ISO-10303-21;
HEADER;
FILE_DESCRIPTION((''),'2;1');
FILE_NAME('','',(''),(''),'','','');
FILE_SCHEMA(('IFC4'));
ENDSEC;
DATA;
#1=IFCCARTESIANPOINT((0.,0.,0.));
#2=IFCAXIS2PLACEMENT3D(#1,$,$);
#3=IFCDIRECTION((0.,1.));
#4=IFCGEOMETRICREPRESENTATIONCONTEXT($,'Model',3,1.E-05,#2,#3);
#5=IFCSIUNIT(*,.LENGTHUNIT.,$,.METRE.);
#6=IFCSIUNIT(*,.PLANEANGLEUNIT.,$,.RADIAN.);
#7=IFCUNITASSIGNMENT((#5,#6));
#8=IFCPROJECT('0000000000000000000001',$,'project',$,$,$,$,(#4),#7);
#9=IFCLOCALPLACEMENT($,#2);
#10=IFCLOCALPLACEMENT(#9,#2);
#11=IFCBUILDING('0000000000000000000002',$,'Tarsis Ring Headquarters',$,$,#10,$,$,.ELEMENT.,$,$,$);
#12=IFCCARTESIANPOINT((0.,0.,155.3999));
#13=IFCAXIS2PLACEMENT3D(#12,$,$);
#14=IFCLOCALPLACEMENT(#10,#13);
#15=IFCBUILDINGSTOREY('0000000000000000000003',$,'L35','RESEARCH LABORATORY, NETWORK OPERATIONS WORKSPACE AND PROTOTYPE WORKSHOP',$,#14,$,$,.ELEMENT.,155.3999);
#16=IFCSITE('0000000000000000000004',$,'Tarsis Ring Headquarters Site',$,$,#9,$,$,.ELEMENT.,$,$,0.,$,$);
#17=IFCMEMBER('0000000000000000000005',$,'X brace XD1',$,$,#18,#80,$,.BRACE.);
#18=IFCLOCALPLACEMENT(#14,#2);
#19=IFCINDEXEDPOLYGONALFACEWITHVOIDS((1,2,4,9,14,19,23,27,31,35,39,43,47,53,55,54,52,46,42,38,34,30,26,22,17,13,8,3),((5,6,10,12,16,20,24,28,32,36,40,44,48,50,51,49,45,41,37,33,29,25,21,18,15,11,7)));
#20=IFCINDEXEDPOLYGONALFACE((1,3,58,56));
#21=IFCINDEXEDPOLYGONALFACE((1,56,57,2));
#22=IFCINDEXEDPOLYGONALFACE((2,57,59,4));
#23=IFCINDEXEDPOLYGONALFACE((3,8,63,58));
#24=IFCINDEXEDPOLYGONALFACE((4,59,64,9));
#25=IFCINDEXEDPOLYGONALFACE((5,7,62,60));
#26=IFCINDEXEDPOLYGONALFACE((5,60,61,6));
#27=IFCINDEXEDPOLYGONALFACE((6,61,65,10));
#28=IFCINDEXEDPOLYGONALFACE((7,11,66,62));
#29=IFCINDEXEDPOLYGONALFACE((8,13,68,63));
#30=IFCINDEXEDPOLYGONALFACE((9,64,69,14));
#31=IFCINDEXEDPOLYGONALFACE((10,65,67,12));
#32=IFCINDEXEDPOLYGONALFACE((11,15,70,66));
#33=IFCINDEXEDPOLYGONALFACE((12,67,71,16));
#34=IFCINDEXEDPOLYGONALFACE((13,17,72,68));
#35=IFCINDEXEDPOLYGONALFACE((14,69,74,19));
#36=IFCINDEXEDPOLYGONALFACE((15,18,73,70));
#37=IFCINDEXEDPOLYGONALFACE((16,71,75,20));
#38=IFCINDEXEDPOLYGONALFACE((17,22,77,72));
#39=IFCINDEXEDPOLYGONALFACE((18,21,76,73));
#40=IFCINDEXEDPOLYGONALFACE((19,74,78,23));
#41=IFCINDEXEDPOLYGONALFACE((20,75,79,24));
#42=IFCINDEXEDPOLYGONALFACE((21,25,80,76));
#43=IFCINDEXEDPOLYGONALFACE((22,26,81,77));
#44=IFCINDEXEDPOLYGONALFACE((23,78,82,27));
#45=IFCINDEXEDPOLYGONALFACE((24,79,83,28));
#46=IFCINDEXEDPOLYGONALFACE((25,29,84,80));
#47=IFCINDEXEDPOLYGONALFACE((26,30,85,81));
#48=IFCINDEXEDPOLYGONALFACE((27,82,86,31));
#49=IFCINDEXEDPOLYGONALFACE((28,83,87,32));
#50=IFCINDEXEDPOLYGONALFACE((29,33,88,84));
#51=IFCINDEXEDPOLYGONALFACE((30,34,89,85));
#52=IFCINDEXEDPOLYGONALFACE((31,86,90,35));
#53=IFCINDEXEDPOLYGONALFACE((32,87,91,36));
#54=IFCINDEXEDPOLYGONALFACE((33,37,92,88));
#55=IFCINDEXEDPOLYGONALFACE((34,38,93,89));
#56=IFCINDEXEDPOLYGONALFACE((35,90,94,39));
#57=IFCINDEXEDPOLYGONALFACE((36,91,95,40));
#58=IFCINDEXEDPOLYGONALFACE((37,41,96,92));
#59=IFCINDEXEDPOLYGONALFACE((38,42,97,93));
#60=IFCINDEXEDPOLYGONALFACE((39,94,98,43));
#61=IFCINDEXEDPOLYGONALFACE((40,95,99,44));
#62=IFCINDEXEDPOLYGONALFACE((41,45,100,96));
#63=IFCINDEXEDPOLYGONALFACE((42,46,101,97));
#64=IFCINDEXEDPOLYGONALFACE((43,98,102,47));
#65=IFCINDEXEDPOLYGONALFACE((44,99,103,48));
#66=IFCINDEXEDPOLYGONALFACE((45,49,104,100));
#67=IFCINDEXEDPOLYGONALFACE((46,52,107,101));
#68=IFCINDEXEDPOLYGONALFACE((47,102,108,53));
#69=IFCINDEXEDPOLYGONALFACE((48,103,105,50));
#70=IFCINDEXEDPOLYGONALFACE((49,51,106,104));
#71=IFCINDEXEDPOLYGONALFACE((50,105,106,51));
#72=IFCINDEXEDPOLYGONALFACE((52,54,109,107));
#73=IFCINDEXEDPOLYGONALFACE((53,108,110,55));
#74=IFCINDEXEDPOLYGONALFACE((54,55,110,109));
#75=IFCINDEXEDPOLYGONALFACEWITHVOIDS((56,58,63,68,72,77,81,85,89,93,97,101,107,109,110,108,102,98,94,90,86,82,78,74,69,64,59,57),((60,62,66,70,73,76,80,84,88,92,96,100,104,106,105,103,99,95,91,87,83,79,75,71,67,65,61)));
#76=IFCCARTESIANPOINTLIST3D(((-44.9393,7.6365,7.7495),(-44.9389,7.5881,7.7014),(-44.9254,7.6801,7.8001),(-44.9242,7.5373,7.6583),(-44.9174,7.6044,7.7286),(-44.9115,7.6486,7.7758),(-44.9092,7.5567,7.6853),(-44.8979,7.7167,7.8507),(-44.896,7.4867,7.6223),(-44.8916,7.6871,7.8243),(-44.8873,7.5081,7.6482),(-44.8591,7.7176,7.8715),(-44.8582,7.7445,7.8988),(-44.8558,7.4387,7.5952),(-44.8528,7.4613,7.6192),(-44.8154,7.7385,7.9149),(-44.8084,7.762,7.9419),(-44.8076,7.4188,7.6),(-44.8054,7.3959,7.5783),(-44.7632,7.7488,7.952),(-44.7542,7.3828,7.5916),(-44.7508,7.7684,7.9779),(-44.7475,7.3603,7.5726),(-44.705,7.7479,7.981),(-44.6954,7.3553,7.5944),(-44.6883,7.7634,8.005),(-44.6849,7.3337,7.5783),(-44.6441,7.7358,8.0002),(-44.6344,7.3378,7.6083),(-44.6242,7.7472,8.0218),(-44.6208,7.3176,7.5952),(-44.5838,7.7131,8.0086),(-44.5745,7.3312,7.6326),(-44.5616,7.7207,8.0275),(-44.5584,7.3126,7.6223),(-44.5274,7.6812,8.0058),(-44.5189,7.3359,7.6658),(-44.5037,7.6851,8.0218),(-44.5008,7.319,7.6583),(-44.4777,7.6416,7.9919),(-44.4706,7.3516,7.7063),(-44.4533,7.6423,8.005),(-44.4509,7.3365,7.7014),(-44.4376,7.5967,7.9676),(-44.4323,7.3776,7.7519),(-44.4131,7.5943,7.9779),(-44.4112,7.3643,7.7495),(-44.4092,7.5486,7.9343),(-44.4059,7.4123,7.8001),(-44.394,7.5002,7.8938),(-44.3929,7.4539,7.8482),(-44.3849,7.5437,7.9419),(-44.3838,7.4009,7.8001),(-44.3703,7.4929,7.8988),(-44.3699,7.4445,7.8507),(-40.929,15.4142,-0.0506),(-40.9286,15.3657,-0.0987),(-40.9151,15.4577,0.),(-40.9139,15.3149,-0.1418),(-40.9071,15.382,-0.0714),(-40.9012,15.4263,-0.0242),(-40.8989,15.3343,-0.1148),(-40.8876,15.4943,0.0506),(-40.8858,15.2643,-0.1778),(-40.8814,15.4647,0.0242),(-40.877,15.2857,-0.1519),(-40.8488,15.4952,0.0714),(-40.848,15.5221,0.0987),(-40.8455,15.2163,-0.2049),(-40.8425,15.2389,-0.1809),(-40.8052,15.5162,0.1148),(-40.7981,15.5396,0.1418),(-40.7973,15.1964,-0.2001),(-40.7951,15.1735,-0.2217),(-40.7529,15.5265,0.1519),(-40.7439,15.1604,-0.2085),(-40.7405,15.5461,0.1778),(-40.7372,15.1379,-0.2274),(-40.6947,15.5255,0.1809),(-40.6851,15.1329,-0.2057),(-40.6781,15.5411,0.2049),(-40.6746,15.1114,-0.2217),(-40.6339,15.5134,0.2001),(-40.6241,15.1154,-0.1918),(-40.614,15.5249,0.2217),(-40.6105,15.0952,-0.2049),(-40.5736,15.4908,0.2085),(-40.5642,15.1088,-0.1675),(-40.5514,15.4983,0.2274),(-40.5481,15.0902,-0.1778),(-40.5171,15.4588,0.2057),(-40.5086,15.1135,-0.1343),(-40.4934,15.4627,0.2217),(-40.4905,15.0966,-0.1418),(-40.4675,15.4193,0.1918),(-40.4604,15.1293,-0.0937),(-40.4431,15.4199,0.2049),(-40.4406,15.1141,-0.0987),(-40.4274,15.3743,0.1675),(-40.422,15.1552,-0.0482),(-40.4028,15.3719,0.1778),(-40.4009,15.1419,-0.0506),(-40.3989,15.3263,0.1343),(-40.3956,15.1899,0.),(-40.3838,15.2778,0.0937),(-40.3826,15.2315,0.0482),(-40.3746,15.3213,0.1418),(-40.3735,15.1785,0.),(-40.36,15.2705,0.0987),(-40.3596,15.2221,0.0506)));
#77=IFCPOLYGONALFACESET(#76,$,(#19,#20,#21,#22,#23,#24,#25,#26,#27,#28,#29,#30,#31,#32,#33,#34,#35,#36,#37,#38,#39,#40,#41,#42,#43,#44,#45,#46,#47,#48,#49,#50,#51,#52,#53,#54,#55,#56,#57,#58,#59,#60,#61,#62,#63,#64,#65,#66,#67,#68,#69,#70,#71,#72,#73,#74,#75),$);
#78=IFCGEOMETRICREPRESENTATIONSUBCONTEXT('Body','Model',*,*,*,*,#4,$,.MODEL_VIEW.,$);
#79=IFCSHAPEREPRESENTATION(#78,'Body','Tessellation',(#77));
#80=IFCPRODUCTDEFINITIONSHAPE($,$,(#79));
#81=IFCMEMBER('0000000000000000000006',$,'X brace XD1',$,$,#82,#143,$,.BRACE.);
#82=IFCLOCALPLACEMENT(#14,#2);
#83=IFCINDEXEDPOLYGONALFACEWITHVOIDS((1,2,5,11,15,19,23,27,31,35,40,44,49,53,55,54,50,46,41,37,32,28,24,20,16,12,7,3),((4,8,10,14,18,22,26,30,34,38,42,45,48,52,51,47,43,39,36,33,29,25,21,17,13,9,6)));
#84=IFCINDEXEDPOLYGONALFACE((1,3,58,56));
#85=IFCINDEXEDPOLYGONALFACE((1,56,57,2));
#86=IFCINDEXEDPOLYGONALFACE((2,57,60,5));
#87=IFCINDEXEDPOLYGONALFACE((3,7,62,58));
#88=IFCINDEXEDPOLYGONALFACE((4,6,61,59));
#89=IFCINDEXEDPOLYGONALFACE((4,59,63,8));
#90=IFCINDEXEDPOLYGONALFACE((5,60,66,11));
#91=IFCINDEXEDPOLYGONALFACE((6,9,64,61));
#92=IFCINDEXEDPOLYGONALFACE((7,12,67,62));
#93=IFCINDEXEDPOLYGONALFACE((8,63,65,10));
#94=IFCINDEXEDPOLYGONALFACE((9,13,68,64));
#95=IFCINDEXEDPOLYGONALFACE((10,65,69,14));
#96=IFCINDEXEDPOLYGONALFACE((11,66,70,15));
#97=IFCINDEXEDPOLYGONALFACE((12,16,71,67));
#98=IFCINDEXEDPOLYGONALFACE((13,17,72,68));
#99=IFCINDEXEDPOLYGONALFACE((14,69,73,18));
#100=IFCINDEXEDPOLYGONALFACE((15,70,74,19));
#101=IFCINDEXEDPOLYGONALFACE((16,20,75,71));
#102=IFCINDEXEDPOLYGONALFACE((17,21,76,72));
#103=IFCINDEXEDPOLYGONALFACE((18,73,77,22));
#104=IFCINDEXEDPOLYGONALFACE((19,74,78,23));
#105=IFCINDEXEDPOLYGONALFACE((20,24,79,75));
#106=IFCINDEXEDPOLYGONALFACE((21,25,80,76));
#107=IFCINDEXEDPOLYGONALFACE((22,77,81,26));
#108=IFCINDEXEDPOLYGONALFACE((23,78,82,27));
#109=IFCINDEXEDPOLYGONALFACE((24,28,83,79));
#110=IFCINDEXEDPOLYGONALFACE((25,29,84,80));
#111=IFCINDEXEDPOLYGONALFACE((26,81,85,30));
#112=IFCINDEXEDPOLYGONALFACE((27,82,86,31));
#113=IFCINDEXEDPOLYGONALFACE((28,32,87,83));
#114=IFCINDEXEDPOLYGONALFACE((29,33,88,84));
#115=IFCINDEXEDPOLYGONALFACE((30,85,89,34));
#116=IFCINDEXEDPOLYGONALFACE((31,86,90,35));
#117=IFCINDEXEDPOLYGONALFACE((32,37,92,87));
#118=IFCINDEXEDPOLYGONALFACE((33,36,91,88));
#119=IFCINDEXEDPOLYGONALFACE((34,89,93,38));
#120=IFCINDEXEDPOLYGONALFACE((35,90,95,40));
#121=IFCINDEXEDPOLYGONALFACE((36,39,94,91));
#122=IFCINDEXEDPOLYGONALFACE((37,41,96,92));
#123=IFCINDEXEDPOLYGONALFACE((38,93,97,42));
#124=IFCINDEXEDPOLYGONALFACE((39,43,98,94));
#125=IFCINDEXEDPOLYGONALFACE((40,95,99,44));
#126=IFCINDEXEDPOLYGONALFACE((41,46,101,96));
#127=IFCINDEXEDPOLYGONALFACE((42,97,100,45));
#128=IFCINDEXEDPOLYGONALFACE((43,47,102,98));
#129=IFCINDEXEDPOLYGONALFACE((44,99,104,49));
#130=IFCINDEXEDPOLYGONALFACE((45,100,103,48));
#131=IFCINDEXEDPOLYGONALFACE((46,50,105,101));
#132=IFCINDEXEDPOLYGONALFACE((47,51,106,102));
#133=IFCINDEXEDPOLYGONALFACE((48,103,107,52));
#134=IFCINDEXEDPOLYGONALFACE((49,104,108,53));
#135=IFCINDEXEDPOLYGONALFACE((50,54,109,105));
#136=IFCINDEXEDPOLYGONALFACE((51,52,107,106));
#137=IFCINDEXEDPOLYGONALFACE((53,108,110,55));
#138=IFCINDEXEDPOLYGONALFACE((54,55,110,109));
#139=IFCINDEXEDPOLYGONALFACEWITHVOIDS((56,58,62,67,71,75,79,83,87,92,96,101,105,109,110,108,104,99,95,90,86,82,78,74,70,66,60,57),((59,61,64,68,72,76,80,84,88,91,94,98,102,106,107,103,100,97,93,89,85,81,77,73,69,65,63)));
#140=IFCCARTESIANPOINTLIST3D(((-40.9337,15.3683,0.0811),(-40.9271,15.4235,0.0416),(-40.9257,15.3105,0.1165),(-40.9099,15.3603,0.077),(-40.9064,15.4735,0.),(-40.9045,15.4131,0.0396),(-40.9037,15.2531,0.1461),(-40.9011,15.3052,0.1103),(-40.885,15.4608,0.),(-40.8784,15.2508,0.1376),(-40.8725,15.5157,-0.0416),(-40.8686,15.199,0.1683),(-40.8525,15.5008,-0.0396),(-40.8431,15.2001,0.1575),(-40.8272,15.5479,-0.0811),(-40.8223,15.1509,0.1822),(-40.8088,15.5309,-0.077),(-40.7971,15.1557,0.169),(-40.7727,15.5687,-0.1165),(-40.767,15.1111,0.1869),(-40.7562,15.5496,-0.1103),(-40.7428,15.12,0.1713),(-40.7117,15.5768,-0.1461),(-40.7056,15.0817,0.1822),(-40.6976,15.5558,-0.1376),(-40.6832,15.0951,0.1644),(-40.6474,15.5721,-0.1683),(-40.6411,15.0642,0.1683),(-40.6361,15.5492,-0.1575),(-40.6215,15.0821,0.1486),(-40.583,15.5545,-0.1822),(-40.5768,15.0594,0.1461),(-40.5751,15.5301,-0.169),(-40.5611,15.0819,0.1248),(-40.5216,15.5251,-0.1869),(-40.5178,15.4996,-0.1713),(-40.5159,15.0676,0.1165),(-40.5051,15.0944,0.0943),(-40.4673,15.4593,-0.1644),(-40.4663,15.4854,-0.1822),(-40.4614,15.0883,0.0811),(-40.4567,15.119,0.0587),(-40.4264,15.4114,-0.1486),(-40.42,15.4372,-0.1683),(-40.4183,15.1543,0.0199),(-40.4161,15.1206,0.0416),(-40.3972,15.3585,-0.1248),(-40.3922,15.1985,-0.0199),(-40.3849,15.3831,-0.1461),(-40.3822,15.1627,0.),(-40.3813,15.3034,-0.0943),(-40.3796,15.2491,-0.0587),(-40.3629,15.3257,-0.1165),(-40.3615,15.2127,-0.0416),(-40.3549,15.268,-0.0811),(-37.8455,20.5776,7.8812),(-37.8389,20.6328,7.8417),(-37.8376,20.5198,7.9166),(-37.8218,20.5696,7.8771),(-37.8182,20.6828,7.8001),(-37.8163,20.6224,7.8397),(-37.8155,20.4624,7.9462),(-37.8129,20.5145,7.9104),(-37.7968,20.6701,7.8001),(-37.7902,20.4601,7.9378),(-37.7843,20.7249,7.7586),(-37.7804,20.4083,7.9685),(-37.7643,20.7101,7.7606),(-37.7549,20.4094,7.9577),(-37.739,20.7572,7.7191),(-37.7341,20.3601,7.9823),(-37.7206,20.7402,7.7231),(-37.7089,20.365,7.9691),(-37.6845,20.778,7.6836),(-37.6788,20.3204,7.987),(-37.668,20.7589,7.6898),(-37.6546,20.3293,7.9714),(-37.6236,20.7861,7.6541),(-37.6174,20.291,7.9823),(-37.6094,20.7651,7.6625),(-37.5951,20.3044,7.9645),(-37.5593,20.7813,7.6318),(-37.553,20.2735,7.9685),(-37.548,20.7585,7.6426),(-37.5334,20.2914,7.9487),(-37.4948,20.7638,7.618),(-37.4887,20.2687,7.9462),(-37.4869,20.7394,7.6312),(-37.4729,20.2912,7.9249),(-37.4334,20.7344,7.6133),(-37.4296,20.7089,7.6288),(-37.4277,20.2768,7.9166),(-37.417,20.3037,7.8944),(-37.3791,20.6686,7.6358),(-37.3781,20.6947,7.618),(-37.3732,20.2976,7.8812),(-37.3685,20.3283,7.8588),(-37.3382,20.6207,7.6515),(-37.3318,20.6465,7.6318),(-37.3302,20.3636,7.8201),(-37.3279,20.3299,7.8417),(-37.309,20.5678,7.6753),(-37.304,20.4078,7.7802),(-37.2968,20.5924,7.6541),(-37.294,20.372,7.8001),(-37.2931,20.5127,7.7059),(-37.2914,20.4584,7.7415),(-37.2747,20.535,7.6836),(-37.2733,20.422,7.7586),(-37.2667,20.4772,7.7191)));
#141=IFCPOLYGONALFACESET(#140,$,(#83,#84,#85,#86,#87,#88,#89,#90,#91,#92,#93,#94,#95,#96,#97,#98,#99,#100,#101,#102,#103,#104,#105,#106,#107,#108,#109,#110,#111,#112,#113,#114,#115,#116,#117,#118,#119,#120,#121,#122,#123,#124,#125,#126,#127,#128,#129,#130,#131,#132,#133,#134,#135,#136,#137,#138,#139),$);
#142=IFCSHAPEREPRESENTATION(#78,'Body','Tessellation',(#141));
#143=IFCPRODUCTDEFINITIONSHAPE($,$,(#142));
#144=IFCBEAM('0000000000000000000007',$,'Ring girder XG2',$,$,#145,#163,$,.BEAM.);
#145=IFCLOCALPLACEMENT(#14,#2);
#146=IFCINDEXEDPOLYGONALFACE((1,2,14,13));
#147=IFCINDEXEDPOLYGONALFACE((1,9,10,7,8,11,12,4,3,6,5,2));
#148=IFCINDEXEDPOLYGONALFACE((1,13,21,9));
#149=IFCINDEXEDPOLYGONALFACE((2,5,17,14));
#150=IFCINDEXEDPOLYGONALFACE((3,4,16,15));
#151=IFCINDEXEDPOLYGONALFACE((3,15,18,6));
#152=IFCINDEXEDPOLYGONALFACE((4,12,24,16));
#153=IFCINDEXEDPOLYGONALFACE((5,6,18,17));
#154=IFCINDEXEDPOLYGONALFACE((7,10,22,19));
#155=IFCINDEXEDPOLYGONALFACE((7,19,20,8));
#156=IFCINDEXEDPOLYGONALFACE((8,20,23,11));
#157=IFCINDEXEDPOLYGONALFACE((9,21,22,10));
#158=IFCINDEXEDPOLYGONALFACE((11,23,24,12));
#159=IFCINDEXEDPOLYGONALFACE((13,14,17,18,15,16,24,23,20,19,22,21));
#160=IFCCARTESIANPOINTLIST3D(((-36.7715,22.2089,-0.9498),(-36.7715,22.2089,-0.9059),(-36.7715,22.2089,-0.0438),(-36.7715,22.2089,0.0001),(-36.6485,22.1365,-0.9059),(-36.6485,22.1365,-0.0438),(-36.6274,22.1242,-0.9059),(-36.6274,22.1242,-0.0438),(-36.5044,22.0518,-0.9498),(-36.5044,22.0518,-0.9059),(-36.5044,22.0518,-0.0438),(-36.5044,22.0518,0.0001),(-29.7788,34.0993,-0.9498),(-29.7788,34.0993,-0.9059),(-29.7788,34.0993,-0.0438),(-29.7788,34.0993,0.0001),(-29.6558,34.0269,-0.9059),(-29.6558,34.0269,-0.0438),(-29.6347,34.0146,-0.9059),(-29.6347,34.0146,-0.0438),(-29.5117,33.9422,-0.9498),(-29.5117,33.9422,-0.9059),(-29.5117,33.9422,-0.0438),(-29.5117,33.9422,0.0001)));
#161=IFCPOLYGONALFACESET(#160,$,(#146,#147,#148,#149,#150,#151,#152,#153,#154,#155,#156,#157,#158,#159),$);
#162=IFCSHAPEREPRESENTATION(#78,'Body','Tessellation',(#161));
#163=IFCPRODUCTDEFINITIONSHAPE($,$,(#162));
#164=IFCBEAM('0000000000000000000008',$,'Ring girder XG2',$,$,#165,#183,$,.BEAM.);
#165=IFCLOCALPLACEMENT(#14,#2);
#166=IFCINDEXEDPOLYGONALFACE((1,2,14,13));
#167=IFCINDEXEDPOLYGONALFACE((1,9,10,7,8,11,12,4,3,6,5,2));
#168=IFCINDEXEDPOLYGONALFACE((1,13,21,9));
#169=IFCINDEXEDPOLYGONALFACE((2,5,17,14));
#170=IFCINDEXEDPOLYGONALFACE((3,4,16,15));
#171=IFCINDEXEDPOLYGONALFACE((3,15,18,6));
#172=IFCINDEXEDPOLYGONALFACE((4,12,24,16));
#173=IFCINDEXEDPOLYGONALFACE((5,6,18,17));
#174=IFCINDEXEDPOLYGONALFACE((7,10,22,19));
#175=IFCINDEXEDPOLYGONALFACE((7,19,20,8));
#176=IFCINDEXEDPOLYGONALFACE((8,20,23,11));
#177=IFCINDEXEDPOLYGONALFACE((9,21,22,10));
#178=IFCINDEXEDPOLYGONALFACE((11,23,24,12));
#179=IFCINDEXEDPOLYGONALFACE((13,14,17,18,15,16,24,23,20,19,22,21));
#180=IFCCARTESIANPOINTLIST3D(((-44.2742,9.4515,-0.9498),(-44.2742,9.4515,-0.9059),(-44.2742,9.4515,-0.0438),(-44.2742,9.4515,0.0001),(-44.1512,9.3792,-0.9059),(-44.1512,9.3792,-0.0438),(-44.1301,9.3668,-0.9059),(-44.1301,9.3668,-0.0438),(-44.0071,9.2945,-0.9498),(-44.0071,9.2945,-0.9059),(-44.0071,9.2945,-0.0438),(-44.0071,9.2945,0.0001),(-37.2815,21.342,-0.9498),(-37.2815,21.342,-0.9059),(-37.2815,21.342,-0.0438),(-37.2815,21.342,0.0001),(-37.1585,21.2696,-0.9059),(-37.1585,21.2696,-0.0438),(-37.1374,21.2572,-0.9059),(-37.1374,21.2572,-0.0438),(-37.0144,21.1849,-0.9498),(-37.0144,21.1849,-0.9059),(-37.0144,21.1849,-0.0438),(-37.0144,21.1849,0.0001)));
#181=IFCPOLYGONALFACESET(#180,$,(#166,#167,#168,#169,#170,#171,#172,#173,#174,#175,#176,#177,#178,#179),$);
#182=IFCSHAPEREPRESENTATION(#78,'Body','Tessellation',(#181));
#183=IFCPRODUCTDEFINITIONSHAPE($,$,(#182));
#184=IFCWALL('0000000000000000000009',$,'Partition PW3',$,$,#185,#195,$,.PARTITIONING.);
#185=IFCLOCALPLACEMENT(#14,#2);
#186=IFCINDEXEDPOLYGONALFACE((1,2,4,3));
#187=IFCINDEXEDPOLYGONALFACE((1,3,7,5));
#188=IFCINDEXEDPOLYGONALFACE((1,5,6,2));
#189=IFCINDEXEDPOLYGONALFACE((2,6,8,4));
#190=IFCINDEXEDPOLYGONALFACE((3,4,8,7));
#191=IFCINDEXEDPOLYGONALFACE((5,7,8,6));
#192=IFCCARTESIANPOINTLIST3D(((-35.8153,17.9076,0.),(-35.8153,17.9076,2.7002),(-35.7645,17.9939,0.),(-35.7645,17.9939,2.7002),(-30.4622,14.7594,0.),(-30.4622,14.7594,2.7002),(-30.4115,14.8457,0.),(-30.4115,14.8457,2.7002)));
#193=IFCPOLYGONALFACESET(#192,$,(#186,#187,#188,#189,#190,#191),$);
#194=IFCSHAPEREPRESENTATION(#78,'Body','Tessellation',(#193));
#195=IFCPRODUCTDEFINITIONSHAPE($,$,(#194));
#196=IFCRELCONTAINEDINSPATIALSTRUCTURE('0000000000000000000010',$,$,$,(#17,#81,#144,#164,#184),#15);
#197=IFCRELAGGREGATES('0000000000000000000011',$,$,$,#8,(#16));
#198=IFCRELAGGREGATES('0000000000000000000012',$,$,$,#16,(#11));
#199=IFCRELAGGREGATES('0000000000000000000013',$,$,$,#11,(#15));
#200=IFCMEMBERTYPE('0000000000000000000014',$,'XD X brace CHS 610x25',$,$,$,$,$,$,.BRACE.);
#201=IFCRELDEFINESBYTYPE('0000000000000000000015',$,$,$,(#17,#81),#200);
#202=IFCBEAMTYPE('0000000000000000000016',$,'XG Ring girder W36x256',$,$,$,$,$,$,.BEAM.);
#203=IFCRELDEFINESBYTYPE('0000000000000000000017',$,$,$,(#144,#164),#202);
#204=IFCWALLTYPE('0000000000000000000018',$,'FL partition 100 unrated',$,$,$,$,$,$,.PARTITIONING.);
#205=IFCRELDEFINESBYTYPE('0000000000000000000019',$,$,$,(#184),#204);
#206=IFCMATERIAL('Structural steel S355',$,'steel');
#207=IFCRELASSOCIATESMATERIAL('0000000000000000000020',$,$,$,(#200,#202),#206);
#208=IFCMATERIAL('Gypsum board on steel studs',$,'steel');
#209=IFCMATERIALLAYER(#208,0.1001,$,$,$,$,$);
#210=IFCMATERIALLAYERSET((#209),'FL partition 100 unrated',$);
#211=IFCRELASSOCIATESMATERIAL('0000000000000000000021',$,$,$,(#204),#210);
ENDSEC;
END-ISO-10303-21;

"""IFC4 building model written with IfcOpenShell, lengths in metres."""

from ifc_helpers import new_model, si_unit, direction, frame, frame_2d, origin, origin_2d, place, context, subcontext, project, spatial, rectangle, hollow_circle, i_section, extrude, material, layer, layer_set, material_profile, profile_set, type_object, element, save


model = new_model("IFC4")

# Units and contexts
model_context = context("Model", 3, precision=1e-05, world=origin(), true_north=direction((0.0, 1.0)))
body_context = subcontext(model_context, "Body", "Model", "MODEL_VIEW")
ifc_project = project(units=[si_unit("LENGTHUNIT", "METRE"), si_unit("PLANEANGLEUNIT", "RADIAN")], contexts=[model_context])

# Site, building, storey
site_placement = place(None, origin())
site = spatial("IfcSite", under=ifc_project, at=site_placement, Name="Tarsis Ring Headquarters Site", CompositionType="ELEMENT", RefElevation=0.0)
building_placement = place(site_placement, origin())
building = spatial("IfcBuilding", under=site, at=building_placement, Name="Tarsis Ring Headquarters", CompositionType="ELEMENT")
storey_placement = place(building_placement, frame((0.0, 0.0, 155.3999)))
storey = spatial("IfcBuildingStorey", under=building, at=storey_placement, Name="L35", Description="RESEARCH LABORATORY, NETWORK OPERATIONS WORKSPACE AND PROTOTYPE WORKSHOP", CompositionType="ELEMENT", Elevation=155.3999)

# Shared definitions
ifc_material_1 = material(Name="Structural steel S355", Category="steel")

# Members
ifc_material_profile_1 = material_profile(ifc_material_1, hollow_circle(Radius=0.3047, WallThickness=0.0249, at=origin_2d()), Name="CHS 610x25")
ifc_profile_set_1 = profile_set([ifc_material_profile_1], Name="Structural steel S355")
member_type = type_object("IfcMemberType", Name="XD X brace CHS 610x25", PredefinedType="BRACE", material=ifc_profile_set_1)
member_1_placement = place(storey_placement, frame((-40.6443, 15.3181, 0.0), z_axis=(-0.342103, -0.663483, 0.665399), x_axis=(0.888806, -0.458283, 0.0)))
element("IfcMember", 1, at=member_1_placement, inside=storey, type_object=member_type, Name="X brace XD1", PredefinedType="BRACE", context=body_context, shape_type="SweptSolid", body=[
    extrude(hollow_circle(Radius=0.3047, WallThickness=0.0249, at=origin_2d()), origin(), (0.0, 0.0, 1.0), 11.7224),
])
member_2_placement = place(storey_placement, frame((-40.6443, 15.3181, 0.0), z_axis=(0.312726, 0.527523, 0.789887), x_axis=(-0.860206, 0.509947, 0.0)))
element("IfcMember", 2, at=member_2_placement, inside=storey, type_object=member_type, Name="X brace XD1", PredefinedType="BRACE", context=body_context, shape_type="SweptSolid", body=[
    extrude(hollow_circle(Radius=0.3047, WallThickness=0.0249, at=origin_2d()), origin(), (0.0, 0.0, 1.0), 9.875),
])

# Beams
ifc_material_profile_2 = material_profile(ifc_material_1, i_section(OverallWidth=0.3098, OverallDepth=0.95, WebThickness=0.0244, FlangeThickness=0.0439, at=origin_2d()), Name="W36x256")
ifc_profile_set_2 = profile_set([ifc_material_profile_2], Name="Structural steel S355")
beam_type = type_object("IfcBeamType", Name="XG Ring girder W36x256", PredefinedType="BEAM", material=ifc_profile_set_2)
for number, where, z_axis, x_axis, name in (
    (3, (-29.6453, 34.0208, -0.4749), (-0.50693, -0.861987, 0.0), (0.861987, -0.50693, 0.0), "Ring girder XG2"),
    (4, (-37.1479, 21.2634, -0.4749), (-0.50693, -0.861987, 0.0), (0.861987, -0.50693, 0.0), "Ring girder XG2"),
):
    element("IfcBeam", number, at=place(storey_placement, frame(where, z_axis=z_axis, x_axis=x_axis)), inside=storey, type_object=beam_type, Name=name, PredefinedType="BEAM", context=body_context, shape_type="SweptSolid", body=[
        extrude(i_section(OverallWidth=0.3098, OverallDepth=0.95, WebThickness=0.0244, FlangeThickness=0.0439, at=origin_2d()), origin(), (0.0, 0.0, 1.0), 13.7942),
    ])

# Wall
ifc_material_2 = material(Name="Gypsum board on steel studs", Category="steel")
ifc_layer_1 = layer(ifc_material_2, 0.1001)
ifc_layer_set_1 = layer_set([ifc_layer_1], Name="FL partition 100 unrated")
wall_type_1 = type_object("IfcWallType", Name="FL partition 100 unrated", PredefinedType="PARTITIONING", material=ifc_layer_set_1)
wall_1_placement = place(storey_placement, frame((-35.7898, 17.9507, 0.0), z_axis=(0.0, 0.0, 1.0), x_axis=(0.86198, -0.506943, 0.0)))
element("IfcWall", 5, at=wall_1_placement, inside=storey, type_object=wall_type_1, Name="Partition PW3", PredefinedType="PARTITIONING", context=body_context, shape_type="SweptSolid", body=[
    extrude(rectangle(XDim=6.2102, YDim=0.1001, at=frame_2d((3.105, 0.0))), origin(), (0.0, 0.0, 1.0), 2.7002),
])

save(model, "model.ifc")
